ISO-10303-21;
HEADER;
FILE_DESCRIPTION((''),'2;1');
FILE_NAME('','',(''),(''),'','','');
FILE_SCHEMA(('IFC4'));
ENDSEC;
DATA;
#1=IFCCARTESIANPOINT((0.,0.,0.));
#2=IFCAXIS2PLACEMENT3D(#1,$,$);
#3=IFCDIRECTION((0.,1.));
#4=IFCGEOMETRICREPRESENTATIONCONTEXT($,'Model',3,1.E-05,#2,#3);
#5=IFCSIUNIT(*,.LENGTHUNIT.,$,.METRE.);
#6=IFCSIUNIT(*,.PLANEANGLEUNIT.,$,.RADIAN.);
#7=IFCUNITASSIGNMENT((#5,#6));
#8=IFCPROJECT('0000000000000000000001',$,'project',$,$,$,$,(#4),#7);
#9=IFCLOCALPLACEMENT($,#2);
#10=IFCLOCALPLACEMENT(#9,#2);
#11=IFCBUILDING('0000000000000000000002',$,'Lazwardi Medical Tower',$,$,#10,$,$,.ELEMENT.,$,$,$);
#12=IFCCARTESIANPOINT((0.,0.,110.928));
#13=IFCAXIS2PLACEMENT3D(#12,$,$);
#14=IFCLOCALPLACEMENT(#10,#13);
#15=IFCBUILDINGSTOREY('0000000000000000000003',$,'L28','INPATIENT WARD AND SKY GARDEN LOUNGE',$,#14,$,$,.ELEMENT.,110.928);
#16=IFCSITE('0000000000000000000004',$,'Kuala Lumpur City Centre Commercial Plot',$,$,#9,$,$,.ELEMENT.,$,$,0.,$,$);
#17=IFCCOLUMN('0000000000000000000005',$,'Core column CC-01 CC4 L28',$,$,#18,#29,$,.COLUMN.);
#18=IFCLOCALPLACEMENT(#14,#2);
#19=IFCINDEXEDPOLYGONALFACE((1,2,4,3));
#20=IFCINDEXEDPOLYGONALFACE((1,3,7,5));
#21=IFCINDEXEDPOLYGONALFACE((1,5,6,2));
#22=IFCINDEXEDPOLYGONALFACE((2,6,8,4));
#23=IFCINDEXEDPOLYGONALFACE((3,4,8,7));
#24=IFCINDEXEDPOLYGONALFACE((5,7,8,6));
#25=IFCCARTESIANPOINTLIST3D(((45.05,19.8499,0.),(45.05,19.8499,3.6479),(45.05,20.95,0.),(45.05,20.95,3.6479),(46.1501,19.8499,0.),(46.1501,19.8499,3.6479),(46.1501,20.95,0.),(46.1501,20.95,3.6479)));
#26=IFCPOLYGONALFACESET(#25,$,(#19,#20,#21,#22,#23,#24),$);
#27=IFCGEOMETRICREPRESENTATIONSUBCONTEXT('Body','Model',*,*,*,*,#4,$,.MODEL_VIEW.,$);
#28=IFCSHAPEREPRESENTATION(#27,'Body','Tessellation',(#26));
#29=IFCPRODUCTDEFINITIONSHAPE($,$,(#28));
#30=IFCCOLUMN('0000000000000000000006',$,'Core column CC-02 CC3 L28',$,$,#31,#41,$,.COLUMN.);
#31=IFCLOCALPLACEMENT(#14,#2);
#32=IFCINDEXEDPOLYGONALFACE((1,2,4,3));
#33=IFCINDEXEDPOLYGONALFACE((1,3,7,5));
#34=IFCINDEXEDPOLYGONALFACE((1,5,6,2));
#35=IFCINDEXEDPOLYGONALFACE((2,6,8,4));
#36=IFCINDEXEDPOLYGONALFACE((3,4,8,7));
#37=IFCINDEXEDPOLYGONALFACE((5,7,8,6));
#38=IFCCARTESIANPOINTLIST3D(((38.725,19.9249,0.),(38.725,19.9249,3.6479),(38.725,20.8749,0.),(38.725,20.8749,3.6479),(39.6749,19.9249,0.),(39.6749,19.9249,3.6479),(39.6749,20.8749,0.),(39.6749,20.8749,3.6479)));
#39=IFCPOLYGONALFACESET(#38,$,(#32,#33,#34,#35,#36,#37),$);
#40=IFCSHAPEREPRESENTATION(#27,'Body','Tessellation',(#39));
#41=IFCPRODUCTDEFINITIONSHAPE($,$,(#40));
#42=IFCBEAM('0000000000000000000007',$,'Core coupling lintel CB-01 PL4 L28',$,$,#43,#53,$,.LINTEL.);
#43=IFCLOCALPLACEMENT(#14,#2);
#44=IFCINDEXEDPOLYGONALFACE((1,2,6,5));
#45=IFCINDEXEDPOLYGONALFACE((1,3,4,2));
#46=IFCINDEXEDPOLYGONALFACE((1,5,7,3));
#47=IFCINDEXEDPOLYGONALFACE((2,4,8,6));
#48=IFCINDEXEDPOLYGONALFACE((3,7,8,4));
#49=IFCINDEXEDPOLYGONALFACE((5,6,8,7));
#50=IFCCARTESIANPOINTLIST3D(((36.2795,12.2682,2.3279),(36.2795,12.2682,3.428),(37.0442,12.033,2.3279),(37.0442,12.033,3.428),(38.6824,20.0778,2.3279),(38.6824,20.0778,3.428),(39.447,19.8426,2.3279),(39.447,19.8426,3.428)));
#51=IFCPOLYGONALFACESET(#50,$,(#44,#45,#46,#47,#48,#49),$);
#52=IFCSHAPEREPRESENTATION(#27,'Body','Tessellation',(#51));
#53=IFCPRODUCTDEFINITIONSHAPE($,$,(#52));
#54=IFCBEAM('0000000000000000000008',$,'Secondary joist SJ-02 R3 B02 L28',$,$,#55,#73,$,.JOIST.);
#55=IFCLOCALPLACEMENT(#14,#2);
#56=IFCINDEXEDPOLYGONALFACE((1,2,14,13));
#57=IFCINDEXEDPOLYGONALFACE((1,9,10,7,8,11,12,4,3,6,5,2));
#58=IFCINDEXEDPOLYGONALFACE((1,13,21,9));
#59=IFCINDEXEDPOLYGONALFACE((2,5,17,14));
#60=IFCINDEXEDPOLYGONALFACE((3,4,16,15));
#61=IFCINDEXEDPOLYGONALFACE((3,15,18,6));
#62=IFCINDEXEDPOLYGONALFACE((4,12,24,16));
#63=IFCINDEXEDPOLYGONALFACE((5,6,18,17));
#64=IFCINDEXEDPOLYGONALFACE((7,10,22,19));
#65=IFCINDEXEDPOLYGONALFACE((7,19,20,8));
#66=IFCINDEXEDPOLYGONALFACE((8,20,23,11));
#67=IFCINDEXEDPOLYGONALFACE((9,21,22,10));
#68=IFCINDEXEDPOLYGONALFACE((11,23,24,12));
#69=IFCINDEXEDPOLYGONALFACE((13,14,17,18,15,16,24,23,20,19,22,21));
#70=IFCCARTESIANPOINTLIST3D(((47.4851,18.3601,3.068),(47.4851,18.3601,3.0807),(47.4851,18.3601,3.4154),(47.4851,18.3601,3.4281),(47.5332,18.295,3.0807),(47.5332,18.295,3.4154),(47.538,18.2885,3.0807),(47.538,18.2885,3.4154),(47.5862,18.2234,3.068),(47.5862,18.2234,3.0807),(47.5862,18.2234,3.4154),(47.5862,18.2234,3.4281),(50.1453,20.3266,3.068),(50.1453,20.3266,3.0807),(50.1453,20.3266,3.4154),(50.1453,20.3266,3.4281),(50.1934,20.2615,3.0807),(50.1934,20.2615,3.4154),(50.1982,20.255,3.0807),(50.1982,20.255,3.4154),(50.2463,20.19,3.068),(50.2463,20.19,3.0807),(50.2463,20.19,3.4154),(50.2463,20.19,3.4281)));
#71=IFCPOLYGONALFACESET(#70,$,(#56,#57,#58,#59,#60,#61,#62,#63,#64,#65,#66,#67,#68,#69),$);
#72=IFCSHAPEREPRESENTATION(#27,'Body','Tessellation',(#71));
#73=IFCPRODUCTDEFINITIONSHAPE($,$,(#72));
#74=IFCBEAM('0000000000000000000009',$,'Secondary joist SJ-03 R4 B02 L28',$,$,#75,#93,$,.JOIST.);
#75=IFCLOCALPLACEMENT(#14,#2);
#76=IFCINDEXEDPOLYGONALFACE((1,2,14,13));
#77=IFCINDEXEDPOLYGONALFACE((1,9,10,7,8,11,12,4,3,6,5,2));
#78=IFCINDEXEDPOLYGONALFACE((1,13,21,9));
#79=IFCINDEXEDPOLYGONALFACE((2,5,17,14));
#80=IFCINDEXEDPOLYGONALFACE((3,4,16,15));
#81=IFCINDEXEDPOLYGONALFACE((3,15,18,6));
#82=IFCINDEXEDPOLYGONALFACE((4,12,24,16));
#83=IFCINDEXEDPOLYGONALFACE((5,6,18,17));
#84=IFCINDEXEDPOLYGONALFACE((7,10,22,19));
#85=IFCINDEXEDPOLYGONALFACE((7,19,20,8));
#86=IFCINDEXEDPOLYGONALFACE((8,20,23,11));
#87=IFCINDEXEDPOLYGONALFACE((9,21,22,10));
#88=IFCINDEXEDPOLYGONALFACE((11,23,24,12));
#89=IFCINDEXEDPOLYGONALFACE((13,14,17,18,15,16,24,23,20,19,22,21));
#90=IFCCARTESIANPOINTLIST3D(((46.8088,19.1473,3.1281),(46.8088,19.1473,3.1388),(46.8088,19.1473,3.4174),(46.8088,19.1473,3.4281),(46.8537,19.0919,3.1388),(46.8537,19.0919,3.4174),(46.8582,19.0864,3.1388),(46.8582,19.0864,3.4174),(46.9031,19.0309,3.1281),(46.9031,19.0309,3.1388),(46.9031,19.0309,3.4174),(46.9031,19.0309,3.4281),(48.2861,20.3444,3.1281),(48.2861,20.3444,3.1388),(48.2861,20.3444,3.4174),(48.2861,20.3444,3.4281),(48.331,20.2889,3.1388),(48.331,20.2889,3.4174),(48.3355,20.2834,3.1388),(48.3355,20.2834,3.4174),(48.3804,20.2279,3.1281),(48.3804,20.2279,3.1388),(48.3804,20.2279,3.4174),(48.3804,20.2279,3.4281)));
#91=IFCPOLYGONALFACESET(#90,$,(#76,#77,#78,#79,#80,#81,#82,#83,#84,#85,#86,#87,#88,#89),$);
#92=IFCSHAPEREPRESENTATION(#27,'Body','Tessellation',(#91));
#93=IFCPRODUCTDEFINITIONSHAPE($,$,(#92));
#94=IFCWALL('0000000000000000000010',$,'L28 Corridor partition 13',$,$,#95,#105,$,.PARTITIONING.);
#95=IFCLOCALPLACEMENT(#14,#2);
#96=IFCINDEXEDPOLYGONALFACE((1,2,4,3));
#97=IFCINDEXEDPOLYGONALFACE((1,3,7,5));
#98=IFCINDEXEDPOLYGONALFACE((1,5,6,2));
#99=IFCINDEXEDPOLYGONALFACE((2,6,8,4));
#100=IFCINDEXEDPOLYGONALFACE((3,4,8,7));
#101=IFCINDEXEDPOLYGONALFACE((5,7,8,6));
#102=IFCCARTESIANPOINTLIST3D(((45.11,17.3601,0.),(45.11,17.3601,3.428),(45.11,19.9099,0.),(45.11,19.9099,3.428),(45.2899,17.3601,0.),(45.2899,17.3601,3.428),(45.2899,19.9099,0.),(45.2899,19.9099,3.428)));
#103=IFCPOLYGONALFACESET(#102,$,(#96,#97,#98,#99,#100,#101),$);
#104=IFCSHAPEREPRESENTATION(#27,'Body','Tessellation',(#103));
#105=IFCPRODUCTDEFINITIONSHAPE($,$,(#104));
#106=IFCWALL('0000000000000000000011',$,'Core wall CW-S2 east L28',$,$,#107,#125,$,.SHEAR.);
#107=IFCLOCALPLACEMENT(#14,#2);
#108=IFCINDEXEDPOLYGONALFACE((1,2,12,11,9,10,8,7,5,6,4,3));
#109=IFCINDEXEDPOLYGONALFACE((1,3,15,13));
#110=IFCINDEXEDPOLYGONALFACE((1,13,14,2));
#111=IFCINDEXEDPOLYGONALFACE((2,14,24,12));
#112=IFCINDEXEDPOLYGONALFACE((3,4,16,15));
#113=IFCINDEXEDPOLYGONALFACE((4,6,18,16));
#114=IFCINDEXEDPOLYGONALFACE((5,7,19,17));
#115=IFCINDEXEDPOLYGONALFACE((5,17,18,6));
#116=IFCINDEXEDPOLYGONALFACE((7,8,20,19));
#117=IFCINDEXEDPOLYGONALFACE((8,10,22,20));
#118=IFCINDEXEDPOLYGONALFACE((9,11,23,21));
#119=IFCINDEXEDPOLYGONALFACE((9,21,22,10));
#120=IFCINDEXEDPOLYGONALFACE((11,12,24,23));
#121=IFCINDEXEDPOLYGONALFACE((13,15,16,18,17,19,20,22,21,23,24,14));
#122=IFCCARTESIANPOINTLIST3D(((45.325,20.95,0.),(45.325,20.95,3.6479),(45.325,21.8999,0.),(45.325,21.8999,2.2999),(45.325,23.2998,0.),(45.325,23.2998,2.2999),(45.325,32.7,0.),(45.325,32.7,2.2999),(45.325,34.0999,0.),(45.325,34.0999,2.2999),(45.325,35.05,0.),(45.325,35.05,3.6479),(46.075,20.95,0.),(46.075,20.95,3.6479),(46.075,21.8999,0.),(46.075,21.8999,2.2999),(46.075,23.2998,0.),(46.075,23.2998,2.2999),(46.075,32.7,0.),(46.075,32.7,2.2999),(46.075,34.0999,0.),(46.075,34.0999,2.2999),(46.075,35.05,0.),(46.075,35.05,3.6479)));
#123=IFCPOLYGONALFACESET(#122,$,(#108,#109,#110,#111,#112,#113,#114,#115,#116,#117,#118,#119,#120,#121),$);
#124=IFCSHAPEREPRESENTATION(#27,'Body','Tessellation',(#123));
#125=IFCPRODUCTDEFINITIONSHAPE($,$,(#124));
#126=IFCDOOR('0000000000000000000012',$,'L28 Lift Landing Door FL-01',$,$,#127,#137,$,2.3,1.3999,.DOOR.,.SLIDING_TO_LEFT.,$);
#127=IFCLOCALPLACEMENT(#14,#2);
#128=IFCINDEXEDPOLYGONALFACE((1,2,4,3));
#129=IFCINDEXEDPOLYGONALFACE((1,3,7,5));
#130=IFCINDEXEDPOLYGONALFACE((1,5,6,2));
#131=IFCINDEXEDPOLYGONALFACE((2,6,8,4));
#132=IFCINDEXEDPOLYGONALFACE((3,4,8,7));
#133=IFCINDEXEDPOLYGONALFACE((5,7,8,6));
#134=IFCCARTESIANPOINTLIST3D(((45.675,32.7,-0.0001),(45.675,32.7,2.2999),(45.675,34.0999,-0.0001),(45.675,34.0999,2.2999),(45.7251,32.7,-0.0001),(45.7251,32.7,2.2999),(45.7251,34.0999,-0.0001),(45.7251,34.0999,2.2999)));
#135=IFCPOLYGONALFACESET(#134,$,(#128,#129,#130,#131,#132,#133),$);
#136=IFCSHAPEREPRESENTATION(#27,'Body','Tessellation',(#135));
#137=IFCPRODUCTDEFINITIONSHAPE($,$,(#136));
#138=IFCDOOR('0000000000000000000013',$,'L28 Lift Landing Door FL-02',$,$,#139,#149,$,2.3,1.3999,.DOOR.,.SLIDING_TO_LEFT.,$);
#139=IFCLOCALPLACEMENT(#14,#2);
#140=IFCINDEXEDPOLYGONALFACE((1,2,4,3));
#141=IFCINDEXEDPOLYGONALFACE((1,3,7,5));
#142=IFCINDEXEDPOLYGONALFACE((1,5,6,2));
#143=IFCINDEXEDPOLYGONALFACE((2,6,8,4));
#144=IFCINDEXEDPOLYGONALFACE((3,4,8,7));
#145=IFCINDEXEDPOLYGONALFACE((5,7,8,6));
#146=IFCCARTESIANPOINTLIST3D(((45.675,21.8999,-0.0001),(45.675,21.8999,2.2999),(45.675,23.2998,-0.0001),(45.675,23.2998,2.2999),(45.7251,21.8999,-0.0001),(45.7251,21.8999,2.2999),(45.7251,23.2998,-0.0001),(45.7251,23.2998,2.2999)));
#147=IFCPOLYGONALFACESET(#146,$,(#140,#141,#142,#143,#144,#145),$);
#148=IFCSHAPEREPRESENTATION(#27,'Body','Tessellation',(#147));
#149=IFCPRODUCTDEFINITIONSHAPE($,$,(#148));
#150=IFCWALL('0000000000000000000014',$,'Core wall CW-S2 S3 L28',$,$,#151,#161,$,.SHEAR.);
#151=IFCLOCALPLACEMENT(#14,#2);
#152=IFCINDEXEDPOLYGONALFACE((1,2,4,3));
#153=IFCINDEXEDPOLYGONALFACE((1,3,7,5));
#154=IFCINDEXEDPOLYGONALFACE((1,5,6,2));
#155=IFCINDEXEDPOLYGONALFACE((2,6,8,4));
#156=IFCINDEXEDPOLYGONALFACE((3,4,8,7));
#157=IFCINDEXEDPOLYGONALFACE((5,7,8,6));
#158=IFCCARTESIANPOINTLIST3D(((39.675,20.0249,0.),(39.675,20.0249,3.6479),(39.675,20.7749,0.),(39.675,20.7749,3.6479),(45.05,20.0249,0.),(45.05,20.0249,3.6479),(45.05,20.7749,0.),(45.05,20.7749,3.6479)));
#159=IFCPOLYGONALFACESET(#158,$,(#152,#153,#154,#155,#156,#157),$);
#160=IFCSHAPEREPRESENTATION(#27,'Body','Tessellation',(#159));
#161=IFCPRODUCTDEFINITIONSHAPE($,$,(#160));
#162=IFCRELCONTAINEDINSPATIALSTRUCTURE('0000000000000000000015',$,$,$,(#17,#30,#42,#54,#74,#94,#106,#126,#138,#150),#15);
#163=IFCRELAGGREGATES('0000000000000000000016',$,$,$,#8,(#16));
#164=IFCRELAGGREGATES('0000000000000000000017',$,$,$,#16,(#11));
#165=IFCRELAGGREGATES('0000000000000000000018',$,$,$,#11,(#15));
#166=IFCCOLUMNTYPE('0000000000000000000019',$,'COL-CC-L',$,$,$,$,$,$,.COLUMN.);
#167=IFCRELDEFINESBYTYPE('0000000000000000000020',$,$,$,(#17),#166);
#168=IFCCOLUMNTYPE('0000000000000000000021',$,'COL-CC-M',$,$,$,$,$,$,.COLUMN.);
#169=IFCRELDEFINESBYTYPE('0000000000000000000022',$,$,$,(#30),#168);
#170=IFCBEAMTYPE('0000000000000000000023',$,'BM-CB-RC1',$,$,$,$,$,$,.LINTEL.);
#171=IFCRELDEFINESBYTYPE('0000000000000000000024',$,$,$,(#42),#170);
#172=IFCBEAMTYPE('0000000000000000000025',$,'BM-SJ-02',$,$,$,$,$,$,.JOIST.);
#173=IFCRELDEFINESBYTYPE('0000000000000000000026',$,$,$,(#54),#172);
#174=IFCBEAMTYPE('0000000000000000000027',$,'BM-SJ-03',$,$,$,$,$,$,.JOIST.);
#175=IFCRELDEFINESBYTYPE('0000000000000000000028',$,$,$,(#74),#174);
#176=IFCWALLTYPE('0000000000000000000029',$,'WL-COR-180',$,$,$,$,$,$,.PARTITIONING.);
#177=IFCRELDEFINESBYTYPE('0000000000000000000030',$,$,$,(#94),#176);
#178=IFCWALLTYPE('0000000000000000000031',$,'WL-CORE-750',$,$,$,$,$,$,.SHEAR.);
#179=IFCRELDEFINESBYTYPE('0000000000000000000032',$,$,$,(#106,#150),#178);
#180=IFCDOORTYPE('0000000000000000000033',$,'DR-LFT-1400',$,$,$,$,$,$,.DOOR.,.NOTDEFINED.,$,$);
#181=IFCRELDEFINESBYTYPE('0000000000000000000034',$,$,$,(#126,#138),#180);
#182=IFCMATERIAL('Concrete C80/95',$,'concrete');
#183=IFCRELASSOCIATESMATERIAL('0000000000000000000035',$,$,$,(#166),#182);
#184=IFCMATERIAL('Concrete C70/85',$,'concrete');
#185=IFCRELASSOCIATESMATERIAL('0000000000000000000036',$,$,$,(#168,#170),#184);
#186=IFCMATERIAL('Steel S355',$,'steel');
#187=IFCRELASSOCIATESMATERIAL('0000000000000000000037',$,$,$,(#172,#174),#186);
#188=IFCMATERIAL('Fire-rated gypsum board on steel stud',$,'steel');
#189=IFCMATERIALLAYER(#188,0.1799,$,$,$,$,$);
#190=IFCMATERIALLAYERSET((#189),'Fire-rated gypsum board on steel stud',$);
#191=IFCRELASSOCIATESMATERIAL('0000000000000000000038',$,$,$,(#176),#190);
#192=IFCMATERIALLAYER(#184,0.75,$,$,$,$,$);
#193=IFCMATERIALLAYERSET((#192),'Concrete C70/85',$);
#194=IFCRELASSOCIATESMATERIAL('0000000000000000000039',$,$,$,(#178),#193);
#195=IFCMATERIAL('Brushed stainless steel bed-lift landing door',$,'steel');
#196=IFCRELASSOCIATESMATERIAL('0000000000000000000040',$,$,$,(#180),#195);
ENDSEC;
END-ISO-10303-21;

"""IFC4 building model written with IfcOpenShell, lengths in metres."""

from ifc_helpers import new_model, si_unit, direction, frame, frame_2d, origin, origin_2d, place, context, subcontext, project, spatial, rectangle, i_section, extrude, material, layer, layer_set, material_profile, profile_set, type_object, element, fill, save


model = new_model("IFC4")

# Units and contexts
model_context = context("Model", 3, precision=1e-05, world=origin(), true_north=direction((0.0, 1.0)))
body_context = subcontext(model_context, "Body", "Model", "MODEL_VIEW")
ifc_project = project(units=[si_unit("LENGTHUNIT", "METRE"), si_unit("PLANEANGLEUNIT", "RADIAN")], contexts=[model_context])

# Site, building, storey
site_placement = place(None, origin())
site = spatial("IfcSite", under=ifc_project, at=site_placement, Name="Kuala Lumpur City Centre Commercial Plot", CompositionType="ELEMENT", RefElevation=0.0)
building_placement = place(site_placement, origin())
building = spatial("IfcBuilding", under=site, at=building_placement, Name="Lazwardi Medical Tower", CompositionType="ELEMENT")
storey_placement = place(building_placement, frame((0.0, 0.0, 110.928)))
storey = spatial("IfcBuildingStorey", under=building, at=storey_placement, Name="L28", Description="INPATIENT WARD AND SKY GARDEN LOUNGE", CompositionType="ELEMENT", Elevation=110.928)

# Columns
ifc_material_1 = material(Name="Concrete C80/95", Category="concrete")
ifc_material_profile_1 = material_profile(ifc_material_1, rectangle(XDim=1.1001, YDim=1.1001, at=origin_2d()), Name="RC 1100x1100")
ifc_profile_set_1 = profile_set([ifc_material_profile_1], Name="Concrete C80/95")
column_type_1 = type_object("IfcColumnType", Name="COL-CC-L", PredefinedType="COLUMN", material=ifc_profile_set_1)
column_1_placement = place(storey_placement, frame((45.6001, 20.3999, 0.0), z_axis=(0.0, 0.0, 1.0), x_axis=(1.0, 0.0, 0.0)))
element("IfcColumn", 1, at=column_1_placement, inside=storey, type_object=column_type_1, Name="Core column CC-01 CC4 L28", PredefinedType="COLUMN", context=body_context, shape_type="SweptSolid", body=[
    extrude(rectangle(XDim=1.1001, YDim=1.1001, at=origin_2d()), origin(), (0.0, 0.0, 1.0), 3.6479),
])
ifc_material_2 = material(Name="Concrete C70/85", Category="concrete")
ifc_material_profile_2 = material_profile(ifc_material_2, rectangle(XDim=0.95, YDim=0.95, at=origin_2d()), Name="RC 950x950")
ifc_profile_set_2 = profile_set([ifc_material_profile_2], Name="Concrete C70/85")
column_type_2 = type_object("IfcColumnType", Name="COL-CC-M", PredefinedType="COLUMN", material=ifc_profile_set_2)
column_2_placement = place(storey_placement, frame((39.2, 20.3999, 0.0), z_axis=(0.0, 0.0, 1.0), x_axis=(1.0, 0.0, 0.0)))
element("IfcColumn", 2, at=column_2_placement, inside=storey, type_object=column_type_2, Name="Core column CC-02 CC3 L28", PredefinedType="COLUMN", context=body_context, shape_type="SweptSolid", body=[
    extrude(rectangle(XDim=0.95, YDim=0.95, at=origin_2d()), origin(), (0.0, 0.0, 1.0), 3.6479),
])

# Beams
ifc_material_profile_3 = material_profile(ifc_material_2, rectangle(XDim=0.8, YDim=1.1001, at=origin_2d()), Name="RC 800x1100")
ifc_profile_set_3 = profile_set([ifc_material_profile_3], Name="Concrete C70/85")
beam_type_1 = type_object("IfcBeamType", Name="BM-CB-RC1", PredefinedType="LINTEL", material=ifc_profile_set_3)
beam_1_placement = place(storey_placement, frame((39.0647, 19.9602, 2.8779), z_axis=(-0.294073, -0.955783, 0.0), x_axis=(0.955783, -0.294073, 0.0)))
element("IfcBeam", 3, at=beam_1_placement, inside=storey, type_object=beam_type_1, Name="Core coupling lintel CB-01 PL4 L28", PredefinedType="LINTEL", context=body_context, shape_type="SweptSolid", body=[
    extrude(rectangle(XDim=0.8, YDim=1.1001, at=origin_2d()), origin(), (0.0, 0.0, 1.0), 8.1709),
])
ifc_material_3 = material(Name="Steel S355", Category="steel")
ifc_material_profile_4 = material_profile(ifc_material_3, i_section(OverallWidth=0.1699, OverallDepth=0.3601, WebThickness=0.0081, FlangeThickness=0.0127, at=origin_2d()), Name="IPE 360")
ifc_profile_set_4 = profile_set([ifc_material_profile_4], Name="Steel S355")
beam_type_2 = type_object("IfcBeamType", Name="BM-SJ-02", PredefinedType="JOIST", material=ifc_profile_set_4)
beam_2_placement = place(storey_placement, frame((47.5356, 18.2917, 3.248), z_axis=(0.804126, 0.59446, 0.0), x_axis=(-0.59446, 0.804126, 0.0)))
element("IfcBeam", 4, at=beam_2_placement, inside=storey, type_object=beam_type_2, Name="Secondary joist SJ-02 R3 B02 L28", PredefinedType="JOIST", context=body_context, shape_type="SweptSolid", body=[
    extrude(i_section(OverallWidth=0.1699, OverallDepth=0.3601, WebThickness=0.0081, FlangeThickness=0.0127, at=origin_2d()), origin(), (0.0, 0.0, 1.0), 3.3081),
])
ifc_material_profile_5 = material_profile(ifc_material_3, i_section(OverallWidth=0.1499, OverallDepth=0.3, WebThickness=0.0071, FlangeThickness=0.0107, at=origin_2d()), Name="IPE 300")
ifc_profile_set_5 = profile_set([ifc_material_profile_5], Name="Steel S355")
beam_type_3 = type_object("IfcBeamType", Name="BM-SJ-03", PredefinedType="JOIST", material=ifc_profile_set_5)
beam_3_placement = place(storey_placement, frame((46.856, 19.0891, 3.2781), z_axis=(0.776958, 0.629553, 0.0), x_axis=(-0.629553, 0.776958, 0.0)))
element("IfcBeam", 5, at=beam_3_placement, inside=storey, type_object=beam_type_3, Name="Secondary joist SJ-03 R4 B02 L28", PredefinedType="JOIST", context=body_context, shape_type="SweptSolid", body=[
    extrude(i_section(OverallWidth=0.1499, OverallDepth=0.3, WebThickness=0.0071, FlangeThickness=0.0107, at=origin_2d()), origin(), (0.0, 0.0, 1.0), 1.9014),
])

# Wall
ifc_material_4 = material(Name="Fire-rated gypsum board on steel stud", Category="steel")
ifc_layer_1 = layer(ifc_material_4, 0.1799)
ifc_layer_set_1 = layer_set([ifc_layer_1], Name="Fire-rated gypsum board on steel stud")
wall_type_1 = type_object("IfcWallType", Name="WL-COR-180", PredefinedType="PARTITIONING", material=ifc_layer_set_1)
wall_1_placement = place(storey_placement, frame((45.2, 19.9099, 0.0), z_axis=(0.0, 0.0, 1.0), x_axis=(0.0, -1.0, 0.0)))
element("IfcWall", 6, at=wall_1_placement, inside=storey, type_object=wall_type_1, Name="L28 Corridor partition 13", PredefinedType="PARTITIONING", context=body_context, shape_type="SweptSolid", body=[
    extrude(rectangle(XDim=2.5498, YDim=0.1799, at=frame_2d((1.2749, 0.0))), origin(), (0.0, 0.0, 1.0), 3.428),
])

# Wall, openings, doors
ifc_layer_2 = layer(ifc_material_2, 0.75)
ifc_layer_set_2 = layer_set([ifc_layer_2], Name="Concrete C70/85")
wall_type_2 = type_object("IfcWallType", Name="WL-CORE-750", PredefinedType="SHEAR", material=ifc_layer_set_2)
wall_2_placement = place(storey_placement, frame((45.7, 20.95, 0.0), z_axis=(0.0, 0.0, 1.0), x_axis=(0.0, 1.0, 0.0)))
wall_2 = element("IfcWall", 7, at=wall_2_placement, inside=storey, type_object=wall_type_2, Name="Core wall CW-S2 east L28", PredefinedType="SHEAR", context=body_context, shape_type="SweptSolid", body=[
    extrude(rectangle(XDim=14.1001, YDim=0.75, at=frame_2d((7.05, 0.0))), origin(), (0.0, 0.0, 1.0), 3.6479),
])
opening_1_placement = place(wall_2_placement, frame((11.75, 0.0, 0.0)))
opening_1 = element("IfcOpeningElement", 8, at=opening_1_placement, cuts=wall_2, PredefinedType="OPENING", context=body_context, shape_type="SweptSolid", body=[
    extrude(rectangle(XDim=1.3999, YDim=2.3, at=frame_2d((0.7, 1.1499))), frame((0.0, 0.385, 0.0), z_axis=(0.0, -1.0, 0.0), x_axis=(1.0, 0.0, 0.0)), (0.0, 0.0, 1.0), 0.77),
])
opening_2_placement = place(wall_2_placement, frame((0.95, 0.0, 0.0)))
opening_2 = element("IfcOpeningElement", 9, at=opening_2_placement, cuts=wall_2, PredefinedType="OPENING", context=body_context, shape_type="SweptSolid", body=[
    extrude(rectangle(XDim=1.3999, YDim=2.3, at=frame_2d((0.7, 1.1499))), frame((0.0, 0.385, 0.0), z_axis=(0.0, -1.0, 0.0), x_axis=(1.0, 0.0, 0.0)), (0.0, 0.0, 1.0), 0.77),
])
ifc_material_5 = material(Name="Brushed stainless steel bed-lift landing door", Category="steel")
door_type_1 = type_object("IfcDoorType", Name="DR-LFT-1400", OperationType="NOTDEFINED", PredefinedType="DOOR", material=ifc_material_5)
door_1_placement = place(opening_1_placement, origin())
door_1 = element("IfcDoor", 10, at=door_1_placement, inside=storey, type_object=door_type_1, Name="L28 Lift Landing Door FL-01", OperationType="SLIDING_TO_LEFT", OverallHeight=2.3, OverallWidth=1.3999, PredefinedType="DOOR", context=body_context, shape_type="SweptSolid", body=[
    extrude(rectangle(XDim=1.3999, YDim=2.3, at=frame_2d((0.7, 1.1499))), frame((0.0, 0.0249, 0.0), z_axis=(0.0, -1.0, 0.0), x_axis=(1.0, 0.0, 0.0)), (0.0, 0.0, 1.0), 0.05),
])
fill(opening_1, door_1)
door_2_placement = place(opening_2_placement, origin())
door_2 = element("IfcDoor", 11, at=door_2_placement, inside=storey, type_object=door_type_1, Name="L28 Lift Landing Door FL-02", OperationType="SLIDING_TO_LEFT", OverallHeight=2.3, OverallWidth=1.3999, PredefinedType="DOOR", context=body_context, shape_type="SweptSolid", body=[
    extrude(rectangle(XDim=1.3999, YDim=2.3, at=frame_2d((0.7, 1.1499))), frame((0.0, 0.0249, 0.0), z_axis=(0.0, -1.0, 0.0), x_axis=(1.0, 0.0, 0.0)), (0.0, 0.0, 1.0), 0.05),
])
fill(opening_2, door_2)

# Wall
wall_3_placement = place(storey_placement, frame((39.675, 20.3999, 0.0), z_axis=(0.0, 0.0, 1.0), x_axis=(1.0, 0.0, 0.0)))
element("IfcWall", 12, at=wall_3_placement, inside=storey, type_object=wall_type_2, Name="Core wall CW-S2 S3 L28", PredefinedType="SHEAR", context=body_context, shape_type="SweptSolid", body=[
    extrude(rectangle(XDim=5.375, YDim=0.75, at=frame_2d((2.6875, 0.0))), origin(), (0.0, 0.0, 1.0), 3.6479),
])

save(model, "model.ifc")
